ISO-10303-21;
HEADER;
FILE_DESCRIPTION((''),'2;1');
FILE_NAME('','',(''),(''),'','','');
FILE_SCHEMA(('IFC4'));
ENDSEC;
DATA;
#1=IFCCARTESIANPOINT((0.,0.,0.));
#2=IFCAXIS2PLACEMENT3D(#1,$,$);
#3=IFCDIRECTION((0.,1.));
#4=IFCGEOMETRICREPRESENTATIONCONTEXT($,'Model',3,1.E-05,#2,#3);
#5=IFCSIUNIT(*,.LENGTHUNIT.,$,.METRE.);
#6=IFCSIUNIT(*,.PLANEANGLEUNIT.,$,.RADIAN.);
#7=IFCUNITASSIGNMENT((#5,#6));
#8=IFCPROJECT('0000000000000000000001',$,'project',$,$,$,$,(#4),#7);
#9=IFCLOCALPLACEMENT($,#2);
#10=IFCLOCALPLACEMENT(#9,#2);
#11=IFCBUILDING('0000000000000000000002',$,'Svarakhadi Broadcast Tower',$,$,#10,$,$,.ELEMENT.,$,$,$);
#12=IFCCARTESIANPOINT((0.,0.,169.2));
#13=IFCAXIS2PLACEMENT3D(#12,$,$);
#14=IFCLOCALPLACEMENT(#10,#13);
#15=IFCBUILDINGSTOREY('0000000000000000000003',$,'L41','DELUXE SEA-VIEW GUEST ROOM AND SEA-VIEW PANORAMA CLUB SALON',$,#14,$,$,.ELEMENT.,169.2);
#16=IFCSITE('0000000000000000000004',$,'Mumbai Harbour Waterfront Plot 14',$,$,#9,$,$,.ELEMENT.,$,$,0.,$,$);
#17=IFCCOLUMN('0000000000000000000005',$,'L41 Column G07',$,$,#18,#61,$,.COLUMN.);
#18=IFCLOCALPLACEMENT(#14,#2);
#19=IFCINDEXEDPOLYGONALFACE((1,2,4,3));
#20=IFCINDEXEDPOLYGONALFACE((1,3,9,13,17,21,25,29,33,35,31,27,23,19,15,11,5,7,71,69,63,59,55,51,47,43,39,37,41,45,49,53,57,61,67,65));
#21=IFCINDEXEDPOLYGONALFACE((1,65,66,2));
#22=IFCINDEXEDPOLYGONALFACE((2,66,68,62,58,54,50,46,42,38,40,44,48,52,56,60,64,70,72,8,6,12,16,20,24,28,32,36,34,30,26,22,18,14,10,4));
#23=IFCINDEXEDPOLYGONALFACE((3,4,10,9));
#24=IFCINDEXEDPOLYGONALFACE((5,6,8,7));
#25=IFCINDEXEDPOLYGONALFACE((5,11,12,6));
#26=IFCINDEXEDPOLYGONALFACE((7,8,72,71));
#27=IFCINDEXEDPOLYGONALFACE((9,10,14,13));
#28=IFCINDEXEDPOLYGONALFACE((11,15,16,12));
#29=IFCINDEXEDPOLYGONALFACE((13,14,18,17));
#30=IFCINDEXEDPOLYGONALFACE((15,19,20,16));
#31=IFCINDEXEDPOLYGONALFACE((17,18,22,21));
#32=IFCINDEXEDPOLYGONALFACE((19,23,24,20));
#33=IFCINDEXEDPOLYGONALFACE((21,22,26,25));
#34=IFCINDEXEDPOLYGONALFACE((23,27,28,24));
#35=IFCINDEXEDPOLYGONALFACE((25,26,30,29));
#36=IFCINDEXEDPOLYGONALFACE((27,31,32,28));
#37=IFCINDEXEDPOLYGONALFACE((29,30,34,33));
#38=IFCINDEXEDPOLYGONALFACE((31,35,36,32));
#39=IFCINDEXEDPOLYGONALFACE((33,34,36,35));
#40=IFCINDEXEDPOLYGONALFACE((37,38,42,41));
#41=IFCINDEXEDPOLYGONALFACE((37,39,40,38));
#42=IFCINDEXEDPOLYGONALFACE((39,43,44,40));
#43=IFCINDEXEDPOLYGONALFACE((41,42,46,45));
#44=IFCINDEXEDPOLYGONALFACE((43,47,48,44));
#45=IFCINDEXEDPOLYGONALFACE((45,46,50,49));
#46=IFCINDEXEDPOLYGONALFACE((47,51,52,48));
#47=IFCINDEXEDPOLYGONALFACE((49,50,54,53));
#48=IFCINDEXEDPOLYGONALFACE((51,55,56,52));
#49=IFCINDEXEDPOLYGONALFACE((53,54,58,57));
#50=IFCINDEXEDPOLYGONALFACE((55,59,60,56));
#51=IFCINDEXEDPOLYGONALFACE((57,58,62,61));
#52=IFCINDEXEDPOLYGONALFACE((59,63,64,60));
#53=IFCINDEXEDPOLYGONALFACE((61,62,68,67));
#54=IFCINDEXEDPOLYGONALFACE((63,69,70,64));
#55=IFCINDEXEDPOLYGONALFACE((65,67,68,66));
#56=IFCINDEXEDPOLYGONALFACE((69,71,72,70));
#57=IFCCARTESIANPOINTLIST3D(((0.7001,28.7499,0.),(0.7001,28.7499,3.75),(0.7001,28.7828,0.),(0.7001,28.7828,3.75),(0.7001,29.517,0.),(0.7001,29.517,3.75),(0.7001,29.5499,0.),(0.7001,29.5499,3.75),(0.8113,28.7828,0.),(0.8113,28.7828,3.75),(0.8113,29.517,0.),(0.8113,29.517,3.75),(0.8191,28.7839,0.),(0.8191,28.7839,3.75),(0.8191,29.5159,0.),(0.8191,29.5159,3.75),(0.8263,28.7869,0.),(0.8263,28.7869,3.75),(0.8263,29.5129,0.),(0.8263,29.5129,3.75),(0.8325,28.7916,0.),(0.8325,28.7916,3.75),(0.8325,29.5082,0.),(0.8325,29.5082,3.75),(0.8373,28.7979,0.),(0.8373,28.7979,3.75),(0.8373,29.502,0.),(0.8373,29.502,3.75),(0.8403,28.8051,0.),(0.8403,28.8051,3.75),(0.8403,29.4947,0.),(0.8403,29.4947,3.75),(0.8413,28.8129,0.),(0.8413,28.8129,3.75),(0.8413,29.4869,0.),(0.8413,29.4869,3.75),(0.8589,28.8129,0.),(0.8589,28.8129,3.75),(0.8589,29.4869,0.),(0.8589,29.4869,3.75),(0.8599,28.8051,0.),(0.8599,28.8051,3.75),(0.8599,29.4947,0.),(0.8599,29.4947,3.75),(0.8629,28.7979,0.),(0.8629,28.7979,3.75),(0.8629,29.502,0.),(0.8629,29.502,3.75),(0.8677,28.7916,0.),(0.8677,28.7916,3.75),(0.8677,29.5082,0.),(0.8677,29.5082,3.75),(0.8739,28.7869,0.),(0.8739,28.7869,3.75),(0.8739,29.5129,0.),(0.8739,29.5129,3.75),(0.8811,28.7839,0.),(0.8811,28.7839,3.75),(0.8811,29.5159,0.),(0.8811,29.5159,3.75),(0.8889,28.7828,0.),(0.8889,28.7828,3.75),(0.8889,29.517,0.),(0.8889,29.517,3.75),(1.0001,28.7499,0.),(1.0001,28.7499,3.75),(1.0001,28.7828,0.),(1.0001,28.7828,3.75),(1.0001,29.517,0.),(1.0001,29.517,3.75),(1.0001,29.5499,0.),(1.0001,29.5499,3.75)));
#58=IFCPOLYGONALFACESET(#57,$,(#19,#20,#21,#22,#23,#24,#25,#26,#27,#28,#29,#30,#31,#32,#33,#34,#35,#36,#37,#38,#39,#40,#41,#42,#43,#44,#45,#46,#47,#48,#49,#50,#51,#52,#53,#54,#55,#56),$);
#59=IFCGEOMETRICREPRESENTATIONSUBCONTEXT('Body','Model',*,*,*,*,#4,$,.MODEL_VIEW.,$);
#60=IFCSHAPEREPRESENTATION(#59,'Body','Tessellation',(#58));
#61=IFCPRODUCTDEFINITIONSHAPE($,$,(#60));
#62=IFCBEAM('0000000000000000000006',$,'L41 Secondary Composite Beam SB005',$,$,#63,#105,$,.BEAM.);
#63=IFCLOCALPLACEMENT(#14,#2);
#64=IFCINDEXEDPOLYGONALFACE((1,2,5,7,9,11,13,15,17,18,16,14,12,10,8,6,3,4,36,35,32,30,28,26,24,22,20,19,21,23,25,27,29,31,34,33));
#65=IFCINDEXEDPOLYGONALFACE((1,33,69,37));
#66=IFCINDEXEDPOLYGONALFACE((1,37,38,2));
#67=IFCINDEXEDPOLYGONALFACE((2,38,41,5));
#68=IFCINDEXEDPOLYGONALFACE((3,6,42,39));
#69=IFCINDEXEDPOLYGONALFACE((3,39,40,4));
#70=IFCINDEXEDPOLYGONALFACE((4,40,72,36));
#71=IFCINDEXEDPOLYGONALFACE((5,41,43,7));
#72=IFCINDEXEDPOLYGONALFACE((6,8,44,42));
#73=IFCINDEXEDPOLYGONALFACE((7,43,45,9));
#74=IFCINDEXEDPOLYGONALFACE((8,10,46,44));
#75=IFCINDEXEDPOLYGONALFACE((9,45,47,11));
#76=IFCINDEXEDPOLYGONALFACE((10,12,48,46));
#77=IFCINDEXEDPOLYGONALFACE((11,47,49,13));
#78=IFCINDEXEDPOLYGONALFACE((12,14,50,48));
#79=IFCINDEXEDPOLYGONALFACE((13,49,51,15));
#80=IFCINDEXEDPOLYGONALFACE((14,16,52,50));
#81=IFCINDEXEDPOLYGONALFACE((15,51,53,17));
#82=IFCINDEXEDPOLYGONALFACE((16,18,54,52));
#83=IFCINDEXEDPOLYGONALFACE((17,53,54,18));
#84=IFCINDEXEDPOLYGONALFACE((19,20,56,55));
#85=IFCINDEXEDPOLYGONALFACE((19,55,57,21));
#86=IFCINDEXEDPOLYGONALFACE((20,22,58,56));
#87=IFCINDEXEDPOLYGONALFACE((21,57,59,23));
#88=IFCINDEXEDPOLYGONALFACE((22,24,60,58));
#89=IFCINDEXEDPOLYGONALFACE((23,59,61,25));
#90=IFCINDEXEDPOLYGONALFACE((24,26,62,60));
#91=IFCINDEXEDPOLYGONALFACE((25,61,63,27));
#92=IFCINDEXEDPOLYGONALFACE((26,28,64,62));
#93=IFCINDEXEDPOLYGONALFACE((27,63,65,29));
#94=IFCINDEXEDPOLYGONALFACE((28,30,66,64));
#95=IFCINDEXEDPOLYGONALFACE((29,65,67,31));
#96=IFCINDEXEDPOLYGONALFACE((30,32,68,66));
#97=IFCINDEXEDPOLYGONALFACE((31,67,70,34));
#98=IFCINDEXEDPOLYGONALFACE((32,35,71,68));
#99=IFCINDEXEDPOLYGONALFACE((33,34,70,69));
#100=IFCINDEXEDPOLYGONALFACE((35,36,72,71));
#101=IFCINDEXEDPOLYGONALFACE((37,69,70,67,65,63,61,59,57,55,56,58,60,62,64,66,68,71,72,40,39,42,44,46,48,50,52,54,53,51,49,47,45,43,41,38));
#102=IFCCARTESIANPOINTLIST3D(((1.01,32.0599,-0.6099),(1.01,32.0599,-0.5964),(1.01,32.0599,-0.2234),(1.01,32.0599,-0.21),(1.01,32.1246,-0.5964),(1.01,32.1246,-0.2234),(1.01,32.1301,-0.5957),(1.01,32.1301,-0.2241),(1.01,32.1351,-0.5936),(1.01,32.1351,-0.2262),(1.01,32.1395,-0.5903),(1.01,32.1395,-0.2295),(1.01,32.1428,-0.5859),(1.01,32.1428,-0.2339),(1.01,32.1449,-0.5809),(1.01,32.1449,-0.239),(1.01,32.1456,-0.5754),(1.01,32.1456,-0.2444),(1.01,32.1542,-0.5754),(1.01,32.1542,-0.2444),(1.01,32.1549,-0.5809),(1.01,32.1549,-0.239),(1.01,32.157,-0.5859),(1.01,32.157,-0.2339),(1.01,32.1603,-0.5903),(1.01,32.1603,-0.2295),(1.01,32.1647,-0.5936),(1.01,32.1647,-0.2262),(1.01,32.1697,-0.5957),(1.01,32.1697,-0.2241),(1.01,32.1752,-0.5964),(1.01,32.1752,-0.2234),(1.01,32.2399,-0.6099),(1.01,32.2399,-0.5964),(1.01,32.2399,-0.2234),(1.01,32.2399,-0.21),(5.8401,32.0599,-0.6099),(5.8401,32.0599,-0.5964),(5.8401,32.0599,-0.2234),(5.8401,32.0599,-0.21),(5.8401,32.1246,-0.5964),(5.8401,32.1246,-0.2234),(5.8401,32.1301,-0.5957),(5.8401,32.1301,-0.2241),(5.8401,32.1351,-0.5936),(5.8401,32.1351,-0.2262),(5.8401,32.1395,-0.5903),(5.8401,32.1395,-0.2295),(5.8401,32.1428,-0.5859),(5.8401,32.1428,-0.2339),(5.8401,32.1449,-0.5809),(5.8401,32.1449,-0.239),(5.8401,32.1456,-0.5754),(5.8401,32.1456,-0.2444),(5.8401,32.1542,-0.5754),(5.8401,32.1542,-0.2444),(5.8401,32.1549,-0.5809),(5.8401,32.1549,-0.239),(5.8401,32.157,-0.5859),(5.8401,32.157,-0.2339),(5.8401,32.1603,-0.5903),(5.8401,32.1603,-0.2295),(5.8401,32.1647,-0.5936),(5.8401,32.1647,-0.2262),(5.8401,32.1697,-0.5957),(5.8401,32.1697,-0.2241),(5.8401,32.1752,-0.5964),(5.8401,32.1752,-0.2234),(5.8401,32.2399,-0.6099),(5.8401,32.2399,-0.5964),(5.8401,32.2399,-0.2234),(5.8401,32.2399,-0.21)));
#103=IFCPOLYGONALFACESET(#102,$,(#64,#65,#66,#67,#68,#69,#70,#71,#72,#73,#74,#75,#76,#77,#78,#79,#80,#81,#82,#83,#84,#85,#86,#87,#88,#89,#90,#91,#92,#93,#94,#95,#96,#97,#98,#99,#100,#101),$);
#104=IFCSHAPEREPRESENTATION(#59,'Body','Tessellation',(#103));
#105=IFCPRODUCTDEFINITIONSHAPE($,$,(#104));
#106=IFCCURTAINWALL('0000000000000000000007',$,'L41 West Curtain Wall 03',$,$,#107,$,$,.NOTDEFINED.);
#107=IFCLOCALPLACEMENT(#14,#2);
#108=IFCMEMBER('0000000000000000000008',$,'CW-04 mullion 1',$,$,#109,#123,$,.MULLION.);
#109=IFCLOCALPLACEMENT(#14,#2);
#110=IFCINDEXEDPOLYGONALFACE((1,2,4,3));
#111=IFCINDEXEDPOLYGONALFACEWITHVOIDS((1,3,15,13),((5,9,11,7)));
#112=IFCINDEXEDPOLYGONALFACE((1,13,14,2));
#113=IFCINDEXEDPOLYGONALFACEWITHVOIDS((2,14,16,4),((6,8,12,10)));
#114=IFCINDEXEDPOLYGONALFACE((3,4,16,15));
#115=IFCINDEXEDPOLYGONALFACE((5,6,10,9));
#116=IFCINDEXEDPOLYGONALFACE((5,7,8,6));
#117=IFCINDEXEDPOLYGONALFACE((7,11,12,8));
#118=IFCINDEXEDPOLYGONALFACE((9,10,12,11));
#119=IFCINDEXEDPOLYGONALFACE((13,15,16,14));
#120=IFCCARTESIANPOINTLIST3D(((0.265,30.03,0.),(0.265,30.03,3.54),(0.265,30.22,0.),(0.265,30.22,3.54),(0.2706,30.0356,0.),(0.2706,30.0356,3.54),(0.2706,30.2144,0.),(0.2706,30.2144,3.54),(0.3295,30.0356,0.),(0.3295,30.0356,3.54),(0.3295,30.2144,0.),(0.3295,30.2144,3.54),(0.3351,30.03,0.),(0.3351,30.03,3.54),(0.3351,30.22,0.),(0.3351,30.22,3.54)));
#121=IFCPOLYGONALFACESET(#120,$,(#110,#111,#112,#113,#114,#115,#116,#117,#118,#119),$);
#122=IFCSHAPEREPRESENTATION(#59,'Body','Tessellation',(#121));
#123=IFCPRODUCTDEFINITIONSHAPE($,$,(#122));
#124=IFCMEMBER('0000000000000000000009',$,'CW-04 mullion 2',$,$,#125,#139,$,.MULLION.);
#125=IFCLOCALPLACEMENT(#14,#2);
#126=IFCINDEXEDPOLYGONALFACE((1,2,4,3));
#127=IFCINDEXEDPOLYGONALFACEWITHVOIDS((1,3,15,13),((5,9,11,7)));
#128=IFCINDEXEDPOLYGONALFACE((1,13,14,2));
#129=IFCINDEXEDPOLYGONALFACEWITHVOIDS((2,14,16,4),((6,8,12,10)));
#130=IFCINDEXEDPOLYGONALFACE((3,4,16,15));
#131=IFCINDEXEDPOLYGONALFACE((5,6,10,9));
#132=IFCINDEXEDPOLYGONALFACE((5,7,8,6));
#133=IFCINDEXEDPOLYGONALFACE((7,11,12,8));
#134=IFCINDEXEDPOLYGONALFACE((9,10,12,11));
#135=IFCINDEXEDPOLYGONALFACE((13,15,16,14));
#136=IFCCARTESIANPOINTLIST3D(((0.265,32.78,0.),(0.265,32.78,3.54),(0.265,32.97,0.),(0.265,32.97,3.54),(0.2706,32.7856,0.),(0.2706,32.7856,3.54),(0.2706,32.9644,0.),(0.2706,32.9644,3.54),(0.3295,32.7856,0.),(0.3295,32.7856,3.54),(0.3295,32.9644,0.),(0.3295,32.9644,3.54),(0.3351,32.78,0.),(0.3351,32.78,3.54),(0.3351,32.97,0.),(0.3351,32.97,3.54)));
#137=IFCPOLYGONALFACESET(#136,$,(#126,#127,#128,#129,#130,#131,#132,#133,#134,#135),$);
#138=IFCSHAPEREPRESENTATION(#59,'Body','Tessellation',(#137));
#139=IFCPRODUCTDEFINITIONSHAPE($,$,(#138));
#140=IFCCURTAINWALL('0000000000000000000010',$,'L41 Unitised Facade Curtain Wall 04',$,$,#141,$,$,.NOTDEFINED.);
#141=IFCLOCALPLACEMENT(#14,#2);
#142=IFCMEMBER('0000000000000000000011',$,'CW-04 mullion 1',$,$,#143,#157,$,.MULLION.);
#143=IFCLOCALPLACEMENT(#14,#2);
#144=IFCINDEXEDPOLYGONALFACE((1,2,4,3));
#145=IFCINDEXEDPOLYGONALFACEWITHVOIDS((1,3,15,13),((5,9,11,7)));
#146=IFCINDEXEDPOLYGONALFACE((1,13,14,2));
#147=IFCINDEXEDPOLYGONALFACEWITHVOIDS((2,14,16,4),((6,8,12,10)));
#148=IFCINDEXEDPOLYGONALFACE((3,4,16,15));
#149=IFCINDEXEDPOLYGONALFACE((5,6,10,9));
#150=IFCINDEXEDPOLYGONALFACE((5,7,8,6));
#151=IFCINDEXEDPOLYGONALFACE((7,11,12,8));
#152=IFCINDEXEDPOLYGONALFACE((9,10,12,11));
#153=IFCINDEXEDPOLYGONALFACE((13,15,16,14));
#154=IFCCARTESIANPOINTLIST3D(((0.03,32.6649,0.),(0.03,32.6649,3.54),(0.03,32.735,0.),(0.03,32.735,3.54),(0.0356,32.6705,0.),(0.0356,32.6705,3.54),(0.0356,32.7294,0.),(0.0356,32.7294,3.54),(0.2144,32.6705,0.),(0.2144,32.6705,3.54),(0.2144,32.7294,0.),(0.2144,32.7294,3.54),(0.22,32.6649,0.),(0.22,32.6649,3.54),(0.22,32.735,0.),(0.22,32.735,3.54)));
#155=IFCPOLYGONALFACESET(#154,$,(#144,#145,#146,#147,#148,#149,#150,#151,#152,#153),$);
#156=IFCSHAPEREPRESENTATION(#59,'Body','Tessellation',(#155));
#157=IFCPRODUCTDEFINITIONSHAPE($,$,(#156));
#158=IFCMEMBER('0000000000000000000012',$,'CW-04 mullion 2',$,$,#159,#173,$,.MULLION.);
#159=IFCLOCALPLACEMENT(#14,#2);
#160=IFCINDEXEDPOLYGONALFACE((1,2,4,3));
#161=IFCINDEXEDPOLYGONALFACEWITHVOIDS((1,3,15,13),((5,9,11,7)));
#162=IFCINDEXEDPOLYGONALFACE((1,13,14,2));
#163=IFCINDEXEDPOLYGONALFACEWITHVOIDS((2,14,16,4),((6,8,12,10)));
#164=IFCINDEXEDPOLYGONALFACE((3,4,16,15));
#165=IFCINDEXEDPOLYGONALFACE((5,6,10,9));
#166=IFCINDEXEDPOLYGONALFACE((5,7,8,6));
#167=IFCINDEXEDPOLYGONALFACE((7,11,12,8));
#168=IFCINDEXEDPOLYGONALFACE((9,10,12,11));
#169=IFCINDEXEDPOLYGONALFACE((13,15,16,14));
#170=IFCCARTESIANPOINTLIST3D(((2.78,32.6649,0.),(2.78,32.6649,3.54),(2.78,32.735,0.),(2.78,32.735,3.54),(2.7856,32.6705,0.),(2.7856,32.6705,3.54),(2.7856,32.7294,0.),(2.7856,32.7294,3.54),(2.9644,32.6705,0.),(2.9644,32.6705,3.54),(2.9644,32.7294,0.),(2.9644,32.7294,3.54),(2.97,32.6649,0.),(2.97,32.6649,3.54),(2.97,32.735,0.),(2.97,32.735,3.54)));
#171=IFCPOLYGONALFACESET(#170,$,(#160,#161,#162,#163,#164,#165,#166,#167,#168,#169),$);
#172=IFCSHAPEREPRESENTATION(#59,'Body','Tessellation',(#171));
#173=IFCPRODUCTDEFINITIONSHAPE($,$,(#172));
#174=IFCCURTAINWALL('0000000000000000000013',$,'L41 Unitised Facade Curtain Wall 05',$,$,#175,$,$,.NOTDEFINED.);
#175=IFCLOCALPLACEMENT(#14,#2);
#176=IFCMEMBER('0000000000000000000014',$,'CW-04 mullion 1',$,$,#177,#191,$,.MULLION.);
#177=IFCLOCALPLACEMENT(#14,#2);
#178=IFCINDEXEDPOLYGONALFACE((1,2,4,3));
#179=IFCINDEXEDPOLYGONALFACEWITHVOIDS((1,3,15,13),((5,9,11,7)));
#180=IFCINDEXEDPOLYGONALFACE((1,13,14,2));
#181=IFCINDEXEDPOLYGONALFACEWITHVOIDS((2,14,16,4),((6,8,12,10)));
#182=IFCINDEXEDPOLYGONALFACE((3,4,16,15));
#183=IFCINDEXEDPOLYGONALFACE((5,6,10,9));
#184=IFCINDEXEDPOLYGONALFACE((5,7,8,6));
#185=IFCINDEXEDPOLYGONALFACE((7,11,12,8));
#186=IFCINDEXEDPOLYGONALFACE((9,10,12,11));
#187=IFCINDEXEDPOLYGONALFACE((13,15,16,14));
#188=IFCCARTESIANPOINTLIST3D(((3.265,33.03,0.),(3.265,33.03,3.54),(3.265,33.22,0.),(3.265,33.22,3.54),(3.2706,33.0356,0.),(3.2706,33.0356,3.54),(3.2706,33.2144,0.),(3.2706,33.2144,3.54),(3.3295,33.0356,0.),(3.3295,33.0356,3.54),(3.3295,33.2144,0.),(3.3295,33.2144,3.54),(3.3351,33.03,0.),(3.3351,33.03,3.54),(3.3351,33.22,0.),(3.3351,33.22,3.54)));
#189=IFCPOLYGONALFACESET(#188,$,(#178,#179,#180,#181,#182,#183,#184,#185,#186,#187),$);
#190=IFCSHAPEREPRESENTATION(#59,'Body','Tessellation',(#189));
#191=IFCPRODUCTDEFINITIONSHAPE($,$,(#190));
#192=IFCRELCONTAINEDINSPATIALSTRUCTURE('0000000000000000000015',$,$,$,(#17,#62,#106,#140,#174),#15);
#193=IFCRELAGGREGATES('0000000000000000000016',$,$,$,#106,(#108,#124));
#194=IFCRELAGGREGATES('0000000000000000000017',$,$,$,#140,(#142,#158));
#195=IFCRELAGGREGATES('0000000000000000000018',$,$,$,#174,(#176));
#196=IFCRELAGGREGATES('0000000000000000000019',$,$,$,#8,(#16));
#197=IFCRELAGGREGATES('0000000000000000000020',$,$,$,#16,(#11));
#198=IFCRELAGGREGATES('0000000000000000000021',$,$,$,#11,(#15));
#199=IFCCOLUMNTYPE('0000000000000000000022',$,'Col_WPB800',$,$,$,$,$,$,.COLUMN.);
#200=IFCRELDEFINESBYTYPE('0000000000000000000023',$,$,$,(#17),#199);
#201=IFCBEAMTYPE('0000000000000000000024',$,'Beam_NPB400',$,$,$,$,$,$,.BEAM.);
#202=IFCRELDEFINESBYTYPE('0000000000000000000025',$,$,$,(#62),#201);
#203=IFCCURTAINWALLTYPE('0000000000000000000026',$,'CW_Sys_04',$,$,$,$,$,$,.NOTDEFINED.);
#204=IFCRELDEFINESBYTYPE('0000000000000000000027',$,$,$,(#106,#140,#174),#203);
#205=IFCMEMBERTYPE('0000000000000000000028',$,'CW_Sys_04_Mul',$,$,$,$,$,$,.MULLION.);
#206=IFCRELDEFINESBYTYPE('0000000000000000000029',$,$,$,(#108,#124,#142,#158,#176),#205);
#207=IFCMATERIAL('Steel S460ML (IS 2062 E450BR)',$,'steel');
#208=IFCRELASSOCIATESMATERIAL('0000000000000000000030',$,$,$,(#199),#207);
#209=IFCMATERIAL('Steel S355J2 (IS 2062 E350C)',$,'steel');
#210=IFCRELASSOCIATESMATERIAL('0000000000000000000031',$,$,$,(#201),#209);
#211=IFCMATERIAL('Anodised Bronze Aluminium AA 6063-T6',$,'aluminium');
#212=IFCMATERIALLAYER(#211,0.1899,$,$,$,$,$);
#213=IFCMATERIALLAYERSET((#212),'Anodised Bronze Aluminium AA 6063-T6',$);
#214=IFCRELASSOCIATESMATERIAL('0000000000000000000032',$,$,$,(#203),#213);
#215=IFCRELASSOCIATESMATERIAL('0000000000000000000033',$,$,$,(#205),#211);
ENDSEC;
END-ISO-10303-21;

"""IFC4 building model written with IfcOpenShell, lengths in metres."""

from ifc_helpers import new_model, si_unit, direction, frame, origin, origin_2d, place, context, subcontext, project, spatial, hollow_rectangle, i_section, extrude, material, layer, layer_set, material_profile, profile_set, type_object, element, aggregate, save


model = new_model("IFC4")

# Units and contexts
model_context = context("Model", 3, precision=1e-05, world=origin(), true_north=direction((0.0, 1.0)))
body_context = subcontext(model_context, "Body", "Model", "MODEL_VIEW")
ifc_project = project(units=[si_unit("LENGTHUNIT", "METRE"), si_unit("PLANEANGLEUNIT", "RADIAN")], contexts=[model_context])

# Site, building, storey
site_placement = place(None, origin())
site = spatial("IfcSite", under=ifc_project, at=site_placement, Name="Mumbai Harbour Waterfront Plot 14", CompositionType="ELEMENT", RefElevation=0.0)
building_placement = place(site_placement, origin())
building = spatial("IfcBuilding", under=site, at=building_placement, Name="Svarakhadi Broadcast Tower", CompositionType="ELEMENT")
storey_placement = place(building_placement, frame((0.0, 0.0, 169.2)))
storey = spatial("IfcBuildingStorey", under=building, at=storey_placement, Name="L41", Description="DELUXE SEA-VIEW GUEST ROOM AND SEA-VIEW PANORAMA CLUB SALON", CompositionType="ELEMENT", Elevation=169.2)

# Column
ifc_material_1 = material(Name="Steel S460ML (IS 2062 E450BR)", Category="steel")
ifc_material_profile_1 = material_profile(ifc_material_1, i_section(OverallWidth=0.3, OverallDepth=0.8, WebThickness=0.0176, FlangeThickness=0.033, FilletRadius=0.03, at=origin_2d()), Name="WPB 800x300x262")
ifc_profile_set_1 = profile_set([ifc_material_profile_1], Name="Steel S460ML (IS 2062 E450BR)")
column_type = type_object("IfcColumnType", Name="Col_WPB800", PredefinedType="COLUMN", material=ifc_profile_set_1)
column_placement = place(storey_placement, frame((0.8501, 29.1499, 0.0), z_axis=(0.0, 0.0, 1.0), x_axis=(1.0, 0.0, 0.0)))
element("IfcColumn", 1, at=column_placement, inside=storey, type_object=column_type, Name="L41 Column G07", PredefinedType="COLUMN", context=body_context, shape_type="SweptSolid", body=[
    extrude(i_section(OverallWidth=0.3, OverallDepth=0.8, WebThickness=0.0176, FlangeThickness=0.033, FilletRadius=0.03, at=origin_2d()), origin(), (0.0, 0.0, 1.0), 3.75),
])

# Beam
ifc_material_2 = material(Name="Steel S355J2 (IS 2062 E350C)", Category="steel")
ifc_material_profile_2 = material_profile(ifc_material_2, i_section(OverallWidth=0.1799, OverallDepth=0.3999, WebThickness=0.0085, FlangeThickness=0.0134, FilletRadius=0.021, at=origin_2d()), Name="NPB 400x180x66")
ifc_profile_set_2 = profile_set([ifc_material_profile_2], Name="Steel S355J2 (IS 2062 E350C)")
beam_type_1 = type_object("IfcBeamType", Name="Beam_NPB400", PredefinedType="BEAM", material=ifc_profile_set_2)
beam_1_placement = place(storey_placement, frame((1.01, 32.1499, -0.4099), z_axis=(1.0, 0.0, 0.0), x_axis=(0.0, 1.0, 0.0)))
element("IfcBeam", 2, at=beam_1_placement, inside=storey, type_object=beam_type_1, Name="L41 Secondary Composite Beam SB005", PredefinedType="BEAM", context=body_context, shape_type="SweptSolid", body=[
    extrude(i_section(OverallWidth=0.1799, OverallDepth=0.3999, WebThickness=0.0085, FlangeThickness=0.0134, FilletRadius=0.021, at=origin_2d()), origin(), (0.0, 0.0, 1.0), 4.8301),
])

# Curtain walls, members
ifc_material_3 = material(Name="Anodised Bronze Aluminium AA 6063-T6", Category="aluminium")
ifc_layer_1 = layer(ifc_material_3, 0.1899)
ifc_layer_set_1 = layer_set([ifc_layer_1], Name="Anodised Bronze Aluminium AA 6063-T6")
curtain_wall_type = type_object("IfcCurtainWallType", Name="CW_Sys_04", PredefinedType="NOTDEFINED", material=ifc_layer_set_1)
curtain_wall_1_placement = place(storey_placement, origin())
curtain_wall_1 = element("IfcCurtainWall", 3, at=curtain_wall_1_placement, inside=storey, type_object=curtain_wall_type, Name="L41 West Curtain Wall 03", PredefinedType="NOTDEFINED")
ifc_material_profile_3 = material_profile(ifc_material_3, hollow_rectangle(XDim=0.0701, YDim=0.1899, WallThickness=0.0056, at=origin_2d()), Name="ALU MULLION 190x70x6")
ifc_profile_set_3 = profile_set([ifc_material_profile_3], Name="Anodised Bronze Aluminium AA 6063-T6")
member_type_1 = type_object("IfcMemberType", Name="CW_Sys_04_Mul", PredefinedType="MULLION", material=ifc_profile_set_3)
member_1_placement = place(storey_placement, frame((0.3, 30.125, 0.0), z_axis=(0.0, 0.0, 1.0), x_axis=(-1.0, 0.0, 0.0)))
member_1 = element("IfcMember", 4, at=member_1_placement, type_object=member_type_1, Name="CW-04 mullion 1", PredefinedType="MULLION", context=body_context, shape_type="SweptSolid", body=[
    extrude(hollow_rectangle(XDim=0.0701, YDim=0.1899, WallThickness=0.0056, at=origin_2d()), origin(), (0.0, 0.0, 1.0), 3.54),
])
member_2_placement = place(storey_placement, frame((0.3, 32.875, 0.0), z_axis=(0.0, 0.0, 1.0), x_axis=(-1.0, 0.0, 0.0)))
member_2 = element("IfcMember", 5, at=member_2_placement, type_object=member_type_1, Name="CW-04 mullion 2", PredefinedType="MULLION", context=body_context, shape_type="SweptSolid", body=[
    extrude(hollow_rectangle(XDim=0.0701, YDim=0.1899, WallThickness=0.0056, at=origin_2d()), origin(), (0.0, 0.0, 1.0), 3.54),
])
curtain_wall_2_placement = place(storey_placement, origin())
curtain_wall_2 = element("IfcCurtainWall", 6, at=curtain_wall_2_placement, inside=storey, type_object=curtain_wall_type, Name="L41 Unitised Facade Curtain Wall 04", PredefinedType="NOTDEFINED")
member_3_placement = place(storey_placement, frame((0.125, 32.7, 0.0), z_axis=(0.0, 0.0, 1.0), x_axis=(0.0, 1.0, 0.0)))
member_3 = element("IfcMember", 7, at=member_3_placement, type_object=member_type_1, Name="CW-04 mullion 1", PredefinedType="MULLION", context=body_context, shape_type="SweptSolid", body=[
    extrude(hollow_rectangle(XDim=0.0701, YDim=0.1899, WallThickness=0.0056, at=origin_2d()), origin(), (0.0, 0.0, 1.0), 3.54),
])
member_4_placement = place(storey_placement, frame((2.875, 32.7, 0.0), z_axis=(0.0, 0.0, 1.0), x_axis=(0.0, 1.0, 0.0)))
member_4 = element("IfcMember", 8, at=member_4_placement, type_object=member_type_1, Name="CW-04 mullion 2", PredefinedType="MULLION", context=body_context, shape_type="SweptSolid", body=[
    extrude(hollow_rectangle(XDim=0.0701, YDim=0.1899, WallThickness=0.0056, at=origin_2d()), origin(), (0.0, 0.0, 1.0), 3.54),
])
curtain_wall_3_placement = place(storey_placement, origin())
curtain_wall_3 = element("IfcCurtainWall", 9, at=curtain_wall_3_placement, inside=storey, type_object=curtain_wall_type, Name="L41 Unitised Facade Curtain Wall 05", PredefinedType="NOTDEFINED")
member_5_placement = place(storey_placement, frame((3.3, 33.125, 0.0), z_axis=(0.0, 0.0, 1.0), x_axis=(-1.0, 0.0, 0.0)))
member_5 = element("IfcMember", 10, at=member_5_placement, type_object=member_type_1, Name="CW-04 mullion 1", PredefinedType="MULLION", context=body_context, shape_type="SweptSolid", body=[
    extrude(hollow_rectangle(XDim=0.0701, YDim=0.1899, WallThickness=0.0056, at=origin_2d()), origin(), (0.0, 0.0, 1.0), 3.54),
])

aggregate(curtain_wall_1, [member_1, member_2])
aggregate(curtain_wall_2, [member_3, member_4])
aggregate(curtain_wall_3, [member_5])

save(model, "model.ifc")
